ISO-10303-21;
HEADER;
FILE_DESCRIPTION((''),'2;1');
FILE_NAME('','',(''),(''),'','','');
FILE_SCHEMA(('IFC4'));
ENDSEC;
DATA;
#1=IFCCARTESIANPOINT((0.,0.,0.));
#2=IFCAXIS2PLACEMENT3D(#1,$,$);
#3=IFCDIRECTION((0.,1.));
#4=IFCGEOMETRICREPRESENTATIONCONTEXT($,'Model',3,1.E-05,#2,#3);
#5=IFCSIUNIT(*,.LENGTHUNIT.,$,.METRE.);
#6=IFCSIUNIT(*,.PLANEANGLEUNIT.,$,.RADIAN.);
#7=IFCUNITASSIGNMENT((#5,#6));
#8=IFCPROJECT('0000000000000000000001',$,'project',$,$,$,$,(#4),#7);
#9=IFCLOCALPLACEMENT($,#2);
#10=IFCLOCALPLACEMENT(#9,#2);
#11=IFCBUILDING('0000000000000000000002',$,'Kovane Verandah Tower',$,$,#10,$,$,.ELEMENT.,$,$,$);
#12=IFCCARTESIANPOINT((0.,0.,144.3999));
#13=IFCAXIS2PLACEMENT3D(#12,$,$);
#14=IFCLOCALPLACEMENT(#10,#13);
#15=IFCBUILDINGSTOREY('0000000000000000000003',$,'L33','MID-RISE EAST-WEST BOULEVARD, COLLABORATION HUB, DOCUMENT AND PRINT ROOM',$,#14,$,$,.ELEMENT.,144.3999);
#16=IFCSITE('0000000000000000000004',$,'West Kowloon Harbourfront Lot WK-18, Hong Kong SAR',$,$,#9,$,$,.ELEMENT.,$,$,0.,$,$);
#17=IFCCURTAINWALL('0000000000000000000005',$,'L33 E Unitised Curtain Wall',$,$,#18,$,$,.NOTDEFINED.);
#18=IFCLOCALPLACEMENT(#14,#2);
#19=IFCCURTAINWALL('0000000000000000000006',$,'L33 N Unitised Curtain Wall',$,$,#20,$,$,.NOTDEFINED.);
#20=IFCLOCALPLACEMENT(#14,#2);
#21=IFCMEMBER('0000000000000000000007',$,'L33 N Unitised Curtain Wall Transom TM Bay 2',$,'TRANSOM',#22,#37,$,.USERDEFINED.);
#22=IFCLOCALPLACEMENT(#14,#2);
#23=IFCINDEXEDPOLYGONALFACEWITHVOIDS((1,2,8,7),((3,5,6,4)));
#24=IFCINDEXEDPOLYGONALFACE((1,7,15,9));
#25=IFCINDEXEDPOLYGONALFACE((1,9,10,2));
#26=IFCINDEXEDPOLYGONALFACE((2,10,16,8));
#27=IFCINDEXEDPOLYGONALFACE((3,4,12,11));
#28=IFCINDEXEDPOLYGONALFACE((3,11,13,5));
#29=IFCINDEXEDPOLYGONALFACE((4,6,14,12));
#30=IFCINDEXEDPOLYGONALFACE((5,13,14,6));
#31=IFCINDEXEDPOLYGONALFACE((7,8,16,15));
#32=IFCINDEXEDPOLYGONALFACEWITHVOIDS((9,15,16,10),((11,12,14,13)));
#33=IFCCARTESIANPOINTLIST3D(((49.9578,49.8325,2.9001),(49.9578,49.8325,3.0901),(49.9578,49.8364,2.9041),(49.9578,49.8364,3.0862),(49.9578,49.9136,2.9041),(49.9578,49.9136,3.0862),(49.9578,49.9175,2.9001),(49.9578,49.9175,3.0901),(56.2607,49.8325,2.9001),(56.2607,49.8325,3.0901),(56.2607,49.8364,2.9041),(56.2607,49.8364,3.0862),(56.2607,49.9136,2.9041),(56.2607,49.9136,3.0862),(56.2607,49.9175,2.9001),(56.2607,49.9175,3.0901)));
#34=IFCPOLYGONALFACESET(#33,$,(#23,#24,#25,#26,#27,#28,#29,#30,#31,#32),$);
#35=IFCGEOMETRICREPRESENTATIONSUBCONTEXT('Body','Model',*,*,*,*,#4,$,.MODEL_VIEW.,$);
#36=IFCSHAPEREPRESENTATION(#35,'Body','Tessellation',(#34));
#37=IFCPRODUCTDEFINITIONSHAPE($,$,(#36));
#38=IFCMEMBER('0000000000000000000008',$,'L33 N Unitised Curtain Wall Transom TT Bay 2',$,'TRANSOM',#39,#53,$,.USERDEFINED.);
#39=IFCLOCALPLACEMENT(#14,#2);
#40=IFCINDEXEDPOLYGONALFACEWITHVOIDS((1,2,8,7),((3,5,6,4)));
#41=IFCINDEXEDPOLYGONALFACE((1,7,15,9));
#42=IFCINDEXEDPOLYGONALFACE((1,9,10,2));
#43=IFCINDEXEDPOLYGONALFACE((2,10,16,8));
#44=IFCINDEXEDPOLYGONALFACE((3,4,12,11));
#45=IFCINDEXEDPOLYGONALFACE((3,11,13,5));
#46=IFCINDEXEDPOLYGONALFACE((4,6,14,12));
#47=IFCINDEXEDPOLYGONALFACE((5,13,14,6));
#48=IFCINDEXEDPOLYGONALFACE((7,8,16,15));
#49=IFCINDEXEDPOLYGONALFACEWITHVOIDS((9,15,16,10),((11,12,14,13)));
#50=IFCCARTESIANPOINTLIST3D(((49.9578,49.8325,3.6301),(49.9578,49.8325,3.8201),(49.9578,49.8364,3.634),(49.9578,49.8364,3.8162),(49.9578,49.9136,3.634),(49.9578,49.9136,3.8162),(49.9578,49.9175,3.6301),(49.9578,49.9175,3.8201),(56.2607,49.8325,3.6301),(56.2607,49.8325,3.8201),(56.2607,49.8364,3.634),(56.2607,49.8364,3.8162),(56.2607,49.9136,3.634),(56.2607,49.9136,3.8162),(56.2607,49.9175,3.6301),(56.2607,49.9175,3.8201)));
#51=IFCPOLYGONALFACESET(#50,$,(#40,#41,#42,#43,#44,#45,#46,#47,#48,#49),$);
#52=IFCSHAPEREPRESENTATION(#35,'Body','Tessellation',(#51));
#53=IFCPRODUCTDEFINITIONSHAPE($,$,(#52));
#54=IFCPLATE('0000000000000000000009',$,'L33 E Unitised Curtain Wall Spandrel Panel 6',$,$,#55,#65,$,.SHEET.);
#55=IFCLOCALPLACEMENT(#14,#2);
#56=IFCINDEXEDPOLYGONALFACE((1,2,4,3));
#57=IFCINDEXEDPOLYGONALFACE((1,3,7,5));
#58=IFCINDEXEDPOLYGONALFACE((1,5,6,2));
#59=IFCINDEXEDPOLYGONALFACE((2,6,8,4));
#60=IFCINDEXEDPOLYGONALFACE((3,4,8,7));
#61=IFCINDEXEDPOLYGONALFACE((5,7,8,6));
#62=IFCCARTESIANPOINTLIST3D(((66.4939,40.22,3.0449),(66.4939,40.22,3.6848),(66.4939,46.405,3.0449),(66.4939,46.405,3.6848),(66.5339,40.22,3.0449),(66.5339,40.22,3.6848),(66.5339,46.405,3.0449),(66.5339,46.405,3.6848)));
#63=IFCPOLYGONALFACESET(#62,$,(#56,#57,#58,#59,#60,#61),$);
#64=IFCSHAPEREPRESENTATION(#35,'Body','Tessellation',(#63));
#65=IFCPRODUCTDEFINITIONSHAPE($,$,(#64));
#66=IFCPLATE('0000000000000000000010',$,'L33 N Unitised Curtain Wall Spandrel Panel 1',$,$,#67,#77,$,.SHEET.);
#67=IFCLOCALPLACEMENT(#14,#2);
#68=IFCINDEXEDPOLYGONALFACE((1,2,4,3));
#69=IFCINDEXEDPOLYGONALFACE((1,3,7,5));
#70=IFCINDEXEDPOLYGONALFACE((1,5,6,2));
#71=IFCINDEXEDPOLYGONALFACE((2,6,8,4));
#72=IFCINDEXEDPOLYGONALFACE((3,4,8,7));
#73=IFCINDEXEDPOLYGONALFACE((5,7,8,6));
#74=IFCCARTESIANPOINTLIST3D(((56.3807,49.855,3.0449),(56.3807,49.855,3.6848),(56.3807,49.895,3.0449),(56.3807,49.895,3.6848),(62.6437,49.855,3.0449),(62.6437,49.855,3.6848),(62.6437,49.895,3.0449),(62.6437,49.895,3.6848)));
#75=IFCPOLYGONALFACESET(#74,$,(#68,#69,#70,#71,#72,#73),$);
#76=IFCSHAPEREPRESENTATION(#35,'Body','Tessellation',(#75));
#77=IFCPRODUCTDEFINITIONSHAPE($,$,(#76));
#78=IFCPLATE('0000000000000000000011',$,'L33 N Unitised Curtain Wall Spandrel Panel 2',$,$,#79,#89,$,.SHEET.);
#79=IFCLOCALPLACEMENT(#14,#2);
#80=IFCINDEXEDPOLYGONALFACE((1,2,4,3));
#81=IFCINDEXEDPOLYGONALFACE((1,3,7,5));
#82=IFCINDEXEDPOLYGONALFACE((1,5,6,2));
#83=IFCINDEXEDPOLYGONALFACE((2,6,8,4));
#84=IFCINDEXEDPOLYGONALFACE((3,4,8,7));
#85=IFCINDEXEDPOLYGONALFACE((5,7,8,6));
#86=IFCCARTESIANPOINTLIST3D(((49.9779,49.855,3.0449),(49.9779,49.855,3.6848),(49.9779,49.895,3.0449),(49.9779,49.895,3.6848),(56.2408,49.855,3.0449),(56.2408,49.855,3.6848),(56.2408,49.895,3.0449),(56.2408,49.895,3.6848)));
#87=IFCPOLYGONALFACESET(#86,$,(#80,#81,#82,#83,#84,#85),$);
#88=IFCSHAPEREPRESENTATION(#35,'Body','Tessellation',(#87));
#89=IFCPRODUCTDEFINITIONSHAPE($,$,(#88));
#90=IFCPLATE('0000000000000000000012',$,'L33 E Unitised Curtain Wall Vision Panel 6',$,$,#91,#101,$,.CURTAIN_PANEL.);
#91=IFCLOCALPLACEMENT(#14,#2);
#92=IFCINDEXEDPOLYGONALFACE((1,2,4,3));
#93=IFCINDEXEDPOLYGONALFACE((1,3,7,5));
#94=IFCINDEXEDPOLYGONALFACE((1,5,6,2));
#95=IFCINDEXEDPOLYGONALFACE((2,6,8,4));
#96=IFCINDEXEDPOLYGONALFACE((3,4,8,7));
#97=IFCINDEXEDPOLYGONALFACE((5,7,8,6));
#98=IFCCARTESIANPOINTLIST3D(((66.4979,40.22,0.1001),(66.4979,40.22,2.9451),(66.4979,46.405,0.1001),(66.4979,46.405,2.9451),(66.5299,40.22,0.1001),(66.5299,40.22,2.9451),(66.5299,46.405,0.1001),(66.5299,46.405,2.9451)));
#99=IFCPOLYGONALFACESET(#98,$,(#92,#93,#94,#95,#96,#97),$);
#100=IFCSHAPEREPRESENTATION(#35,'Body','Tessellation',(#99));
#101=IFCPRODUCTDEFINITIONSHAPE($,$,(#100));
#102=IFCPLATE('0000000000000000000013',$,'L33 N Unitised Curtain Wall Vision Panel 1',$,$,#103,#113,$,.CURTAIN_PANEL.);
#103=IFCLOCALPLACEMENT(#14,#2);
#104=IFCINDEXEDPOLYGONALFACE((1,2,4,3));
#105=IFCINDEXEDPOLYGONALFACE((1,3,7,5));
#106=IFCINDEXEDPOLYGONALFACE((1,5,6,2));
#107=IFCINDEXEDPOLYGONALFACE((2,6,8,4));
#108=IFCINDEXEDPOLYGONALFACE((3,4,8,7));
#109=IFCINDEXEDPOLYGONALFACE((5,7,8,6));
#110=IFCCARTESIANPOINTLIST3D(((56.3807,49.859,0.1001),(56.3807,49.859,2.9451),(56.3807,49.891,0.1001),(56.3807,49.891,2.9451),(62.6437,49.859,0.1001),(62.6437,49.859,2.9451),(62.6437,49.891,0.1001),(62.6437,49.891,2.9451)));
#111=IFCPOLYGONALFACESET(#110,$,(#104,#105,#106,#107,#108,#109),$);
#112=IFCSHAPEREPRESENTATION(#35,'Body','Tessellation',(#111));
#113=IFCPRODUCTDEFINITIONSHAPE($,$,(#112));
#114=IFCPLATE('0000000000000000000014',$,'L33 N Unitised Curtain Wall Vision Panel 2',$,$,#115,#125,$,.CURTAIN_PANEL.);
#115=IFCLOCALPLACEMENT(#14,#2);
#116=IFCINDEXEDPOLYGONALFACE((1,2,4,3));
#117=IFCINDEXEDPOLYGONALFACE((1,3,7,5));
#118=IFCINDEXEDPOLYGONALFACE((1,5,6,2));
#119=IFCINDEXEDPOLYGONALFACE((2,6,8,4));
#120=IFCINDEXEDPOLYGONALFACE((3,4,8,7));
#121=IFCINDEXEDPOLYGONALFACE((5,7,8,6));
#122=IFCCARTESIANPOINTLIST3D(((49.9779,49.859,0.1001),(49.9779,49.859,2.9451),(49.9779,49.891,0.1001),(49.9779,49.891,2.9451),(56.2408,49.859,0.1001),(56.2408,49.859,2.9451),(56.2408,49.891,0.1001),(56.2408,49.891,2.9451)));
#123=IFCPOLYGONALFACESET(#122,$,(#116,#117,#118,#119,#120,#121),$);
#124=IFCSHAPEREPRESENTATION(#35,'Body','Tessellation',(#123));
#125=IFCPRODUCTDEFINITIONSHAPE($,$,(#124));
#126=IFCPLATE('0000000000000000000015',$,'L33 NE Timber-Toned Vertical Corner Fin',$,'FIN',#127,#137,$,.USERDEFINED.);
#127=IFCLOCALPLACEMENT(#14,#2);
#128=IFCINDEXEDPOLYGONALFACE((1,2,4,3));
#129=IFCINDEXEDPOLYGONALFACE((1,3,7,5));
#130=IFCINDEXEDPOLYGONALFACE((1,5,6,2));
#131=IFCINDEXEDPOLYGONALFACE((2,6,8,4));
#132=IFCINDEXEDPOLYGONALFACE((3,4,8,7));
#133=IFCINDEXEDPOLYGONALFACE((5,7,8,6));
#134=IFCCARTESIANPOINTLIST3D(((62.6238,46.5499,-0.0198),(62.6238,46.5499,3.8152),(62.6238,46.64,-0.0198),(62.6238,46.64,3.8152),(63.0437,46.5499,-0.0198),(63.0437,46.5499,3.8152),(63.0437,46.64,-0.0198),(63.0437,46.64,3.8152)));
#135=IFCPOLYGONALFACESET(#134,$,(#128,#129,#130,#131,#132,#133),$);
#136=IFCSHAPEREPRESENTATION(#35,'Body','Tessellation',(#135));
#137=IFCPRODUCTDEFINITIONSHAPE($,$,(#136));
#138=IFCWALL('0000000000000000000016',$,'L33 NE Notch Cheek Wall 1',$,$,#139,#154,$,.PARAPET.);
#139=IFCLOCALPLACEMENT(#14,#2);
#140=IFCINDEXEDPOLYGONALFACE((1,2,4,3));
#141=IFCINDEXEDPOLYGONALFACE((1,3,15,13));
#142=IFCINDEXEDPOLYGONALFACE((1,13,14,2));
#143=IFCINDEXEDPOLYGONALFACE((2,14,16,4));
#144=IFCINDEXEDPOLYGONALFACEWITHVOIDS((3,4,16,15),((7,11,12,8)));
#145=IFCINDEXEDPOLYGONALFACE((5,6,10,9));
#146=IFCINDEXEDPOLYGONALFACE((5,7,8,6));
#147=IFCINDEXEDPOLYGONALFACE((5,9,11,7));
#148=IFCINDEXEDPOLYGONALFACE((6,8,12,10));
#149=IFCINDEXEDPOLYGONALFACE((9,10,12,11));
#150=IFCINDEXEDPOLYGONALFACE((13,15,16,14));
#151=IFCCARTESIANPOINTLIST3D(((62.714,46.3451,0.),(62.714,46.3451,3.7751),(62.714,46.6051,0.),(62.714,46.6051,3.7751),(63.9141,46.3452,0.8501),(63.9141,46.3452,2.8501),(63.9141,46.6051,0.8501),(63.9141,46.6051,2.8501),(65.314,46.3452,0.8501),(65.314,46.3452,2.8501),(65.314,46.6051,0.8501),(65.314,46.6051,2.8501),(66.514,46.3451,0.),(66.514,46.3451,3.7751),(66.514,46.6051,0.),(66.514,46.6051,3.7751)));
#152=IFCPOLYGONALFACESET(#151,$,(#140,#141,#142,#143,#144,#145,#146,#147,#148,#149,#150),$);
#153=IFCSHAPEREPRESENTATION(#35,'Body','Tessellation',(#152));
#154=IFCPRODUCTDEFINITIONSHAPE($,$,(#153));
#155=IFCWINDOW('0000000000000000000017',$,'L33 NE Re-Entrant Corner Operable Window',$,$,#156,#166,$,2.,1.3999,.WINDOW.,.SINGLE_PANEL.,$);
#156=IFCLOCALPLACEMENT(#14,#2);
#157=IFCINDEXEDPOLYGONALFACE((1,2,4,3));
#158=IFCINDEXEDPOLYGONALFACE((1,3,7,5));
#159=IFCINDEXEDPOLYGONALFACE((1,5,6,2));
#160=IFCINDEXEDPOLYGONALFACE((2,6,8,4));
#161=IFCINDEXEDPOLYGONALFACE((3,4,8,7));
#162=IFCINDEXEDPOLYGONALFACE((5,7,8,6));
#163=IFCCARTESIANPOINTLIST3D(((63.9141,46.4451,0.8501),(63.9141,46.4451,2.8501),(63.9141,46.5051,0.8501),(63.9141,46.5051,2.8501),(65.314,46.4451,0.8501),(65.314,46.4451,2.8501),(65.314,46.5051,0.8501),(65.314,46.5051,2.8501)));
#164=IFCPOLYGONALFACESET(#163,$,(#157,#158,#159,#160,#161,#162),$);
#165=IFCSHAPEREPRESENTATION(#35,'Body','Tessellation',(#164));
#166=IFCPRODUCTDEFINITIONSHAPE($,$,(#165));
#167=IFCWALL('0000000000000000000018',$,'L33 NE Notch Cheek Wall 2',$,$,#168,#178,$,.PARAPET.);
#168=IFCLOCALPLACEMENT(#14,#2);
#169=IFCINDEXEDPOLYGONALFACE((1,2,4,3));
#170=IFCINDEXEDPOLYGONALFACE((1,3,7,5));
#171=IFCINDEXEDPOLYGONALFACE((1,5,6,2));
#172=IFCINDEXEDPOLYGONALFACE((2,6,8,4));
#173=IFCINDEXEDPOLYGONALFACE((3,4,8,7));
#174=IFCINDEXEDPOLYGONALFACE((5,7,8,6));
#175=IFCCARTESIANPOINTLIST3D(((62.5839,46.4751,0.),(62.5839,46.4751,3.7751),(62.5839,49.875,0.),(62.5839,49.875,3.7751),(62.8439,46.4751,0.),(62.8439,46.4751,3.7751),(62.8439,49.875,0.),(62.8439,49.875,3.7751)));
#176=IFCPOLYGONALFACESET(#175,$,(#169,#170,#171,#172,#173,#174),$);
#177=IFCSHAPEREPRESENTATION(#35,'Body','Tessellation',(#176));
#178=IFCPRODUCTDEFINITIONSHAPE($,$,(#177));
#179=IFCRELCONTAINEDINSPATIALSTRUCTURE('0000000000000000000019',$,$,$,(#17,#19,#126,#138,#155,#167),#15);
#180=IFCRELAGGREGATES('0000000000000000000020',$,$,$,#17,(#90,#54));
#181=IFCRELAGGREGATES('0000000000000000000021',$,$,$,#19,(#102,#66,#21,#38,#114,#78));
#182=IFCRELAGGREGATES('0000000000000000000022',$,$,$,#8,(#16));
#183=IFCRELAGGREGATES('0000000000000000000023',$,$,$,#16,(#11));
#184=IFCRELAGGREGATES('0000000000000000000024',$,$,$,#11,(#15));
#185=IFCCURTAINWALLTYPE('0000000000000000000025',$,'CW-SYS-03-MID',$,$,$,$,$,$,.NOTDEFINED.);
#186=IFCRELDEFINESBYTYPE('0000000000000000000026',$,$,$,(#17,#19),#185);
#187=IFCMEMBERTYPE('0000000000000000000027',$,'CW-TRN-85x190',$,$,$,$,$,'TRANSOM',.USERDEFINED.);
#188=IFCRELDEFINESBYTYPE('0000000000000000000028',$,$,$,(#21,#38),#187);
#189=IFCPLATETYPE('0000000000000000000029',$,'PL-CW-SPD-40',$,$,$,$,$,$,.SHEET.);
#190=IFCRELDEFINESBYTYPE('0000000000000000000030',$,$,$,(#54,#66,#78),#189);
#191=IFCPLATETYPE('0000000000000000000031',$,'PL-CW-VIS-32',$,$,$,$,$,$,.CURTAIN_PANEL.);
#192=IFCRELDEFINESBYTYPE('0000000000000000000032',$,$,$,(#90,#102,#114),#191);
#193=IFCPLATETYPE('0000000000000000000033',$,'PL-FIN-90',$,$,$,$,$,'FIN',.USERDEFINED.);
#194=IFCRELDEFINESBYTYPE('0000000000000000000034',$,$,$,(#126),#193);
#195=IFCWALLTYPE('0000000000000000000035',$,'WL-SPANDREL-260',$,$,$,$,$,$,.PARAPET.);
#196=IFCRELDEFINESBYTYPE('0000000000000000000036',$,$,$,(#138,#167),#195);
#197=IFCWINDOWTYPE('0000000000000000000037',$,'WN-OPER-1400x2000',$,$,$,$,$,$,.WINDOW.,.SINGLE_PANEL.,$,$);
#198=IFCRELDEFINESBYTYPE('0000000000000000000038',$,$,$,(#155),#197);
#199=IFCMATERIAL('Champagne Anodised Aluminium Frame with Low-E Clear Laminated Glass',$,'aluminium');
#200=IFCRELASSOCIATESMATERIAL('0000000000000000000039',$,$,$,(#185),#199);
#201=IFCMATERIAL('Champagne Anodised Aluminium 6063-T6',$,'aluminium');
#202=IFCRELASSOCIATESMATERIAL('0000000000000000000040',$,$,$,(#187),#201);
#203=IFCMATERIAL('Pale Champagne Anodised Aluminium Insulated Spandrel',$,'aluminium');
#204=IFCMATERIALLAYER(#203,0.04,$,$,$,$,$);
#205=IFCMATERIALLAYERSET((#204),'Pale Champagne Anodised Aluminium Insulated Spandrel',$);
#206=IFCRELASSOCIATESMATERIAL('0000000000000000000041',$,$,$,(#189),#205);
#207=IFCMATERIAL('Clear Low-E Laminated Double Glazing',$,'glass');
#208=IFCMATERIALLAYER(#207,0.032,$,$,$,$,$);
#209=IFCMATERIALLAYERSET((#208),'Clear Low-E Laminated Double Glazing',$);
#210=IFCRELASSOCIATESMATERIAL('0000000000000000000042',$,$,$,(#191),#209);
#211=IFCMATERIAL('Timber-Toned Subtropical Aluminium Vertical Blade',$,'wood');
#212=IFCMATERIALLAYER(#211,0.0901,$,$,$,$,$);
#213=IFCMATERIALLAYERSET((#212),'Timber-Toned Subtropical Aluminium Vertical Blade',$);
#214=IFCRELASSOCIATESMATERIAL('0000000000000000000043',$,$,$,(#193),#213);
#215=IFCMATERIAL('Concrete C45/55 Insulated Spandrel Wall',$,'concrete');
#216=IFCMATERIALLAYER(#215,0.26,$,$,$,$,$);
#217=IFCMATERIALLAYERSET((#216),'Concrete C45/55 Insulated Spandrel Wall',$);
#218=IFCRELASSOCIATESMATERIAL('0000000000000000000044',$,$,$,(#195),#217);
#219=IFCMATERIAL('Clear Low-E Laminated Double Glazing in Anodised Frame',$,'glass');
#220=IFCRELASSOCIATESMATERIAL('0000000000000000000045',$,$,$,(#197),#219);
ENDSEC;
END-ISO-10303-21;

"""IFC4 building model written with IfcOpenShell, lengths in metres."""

from ifc_helpers import new_model, si_unit, direction, frame, frame_2d, origin, origin_2d, place, context, subcontext, project, spatial, rectangle, hollow_rectangle, extrude, material, layer, layer_set, material_profile, profile_set, type_object, element, fill, aggregate, save


model = new_model("IFC4")

# Units and contexts
model_context = context("Model", 3, precision=1e-05, world=origin(), true_north=direction((0.0, 1.0)))
body_context = subcontext(model_context, "Body", "Model", "MODEL_VIEW")
ifc_project = project(units=[si_unit("LENGTHUNIT", "METRE"), si_unit("PLANEANGLEUNIT", "RADIAN")], contexts=[model_context])

# Site, building, storey
site_placement = place(None, origin())
site = spatial("IfcSite", under=ifc_project, at=site_placement, Name="West Kowloon Harbourfront Lot WK-18, Hong Kong SAR", CompositionType="ELEMENT", RefElevation=0.0)
building_placement = place(site_placement, origin())
building = spatial("IfcBuilding", under=site, at=building_placement, Name="Kovane Verandah Tower", CompositionType="ELEMENT")
storey_placement = place(building_placement, frame((0.0, 0.0, 144.3999)))
storey = spatial("IfcBuildingStorey", under=building, at=storey_placement, Name="L33", Description="MID-RISE EAST-WEST BOULEVARD, COLLABORATION HUB, DOCUMENT AND PRINT ROOM", CompositionType="ELEMENT", Elevation=144.3999)

# Curtain wall
ifc_material_1 = material(Name="Champagne Anodised Aluminium Frame with Low-E Clear Laminated Glass", Category="aluminium")
curtain_wall_type = type_object("IfcCurtainWallType", Name="CW-SYS-03-MID", PredefinedType="NOTDEFINED", material=ifc_material_1)
curtain_wall_1_placement = place(storey_placement, origin())
curtain_wall_1 = element("IfcCurtainWall", 1, at=curtain_wall_1_placement, inside=storey, type_object=curtain_wall_type, Name="L33 E Unitised Curtain Wall", PredefinedType="NOTDEFINED")
ifc_material_2 = material(Name="Champagne Anodised Aluminium 6063-T6", Category="aluminium")

# Curtain wall, members
curtain_wall_2_placement = place(storey_placement, origin())
curtain_wall_2 = element("IfcCurtainWall", 2, at=curtain_wall_2_placement, inside=storey, type_object=curtain_wall_type, Name="L33 N Unitised Curtain Wall", PredefinedType="NOTDEFINED")
ifc_material_profile_1 = material_profile(ifc_material_2, hollow_rectangle(XDim=0.085, YDim=0.1899, WallThickness=0.0039, at=origin_2d()), Name="AL85x190x4")
ifc_profile_set_1 = profile_set([ifc_material_profile_1], Name="Champagne Anodised Aluminium 6063-T6")
member_type_1 = type_object("IfcMemberType", Name="CW-TRN-85x190", ElementType="TRANSOM", PredefinedType="USERDEFINED", material=ifc_profile_set_1)
member_1_placement = place(storey_placement, frame((56.2607, 49.875, 2.9951), z_axis=(-1.0, 0.0, 0.0), x_axis=(0.0, -1.0, 0.0)))
member_1 = element("IfcMember", 3, at=member_1_placement, type_object=member_type_1, Name="L33 N Unitised Curtain Wall Transom TM Bay 2", ObjectType="TRANSOM", PredefinedType="USERDEFINED", context=body_context, shape_type="SweptSolid", body=[
    extrude(hollow_rectangle(XDim=0.085, YDim=0.1899, WallThickness=0.0039, at=origin_2d()), origin(), (0.0, 0.0, 1.0), 6.303),
])
member_2_placement = place(storey_placement, frame((56.2607, 49.875, 3.7251), z_axis=(-1.0, 0.0, 0.0), x_axis=(0.0, -1.0, 0.0)))
member_2 = element("IfcMember", 4, at=member_2_placement, type_object=member_type_1, Name="L33 N Unitised Curtain Wall Transom TT Bay 2", ObjectType="TRANSOM", PredefinedType="USERDEFINED", context=body_context, shape_type="SweptSolid", body=[
    extrude(hollow_rectangle(XDim=0.085, YDim=0.1899, WallThickness=0.0039, at=origin_2d()), origin(), (0.0, 0.0, 1.0), 6.303),
])

# Plates
ifc_material_3 = material(Name="Pale Champagne Anodised Aluminium Insulated Spandrel", Category="aluminium")
ifc_layer_1 = layer(ifc_material_3, 0.04)
ifc_layer_set_1 = layer_set([ifc_layer_1], Name="Pale Champagne Anodised Aluminium Insulated Spandrel")
plate_type_1 = type_object("IfcPlateType", Name="PL-CW-SPD-40", PredefinedType="SHEET", material=ifc_layer_set_1)
plate_1_placement = place(storey_placement, frame((66.5139, 43.3125, 3.0449), z_axis=(0.0, 0.0, 1.0), x_axis=(0.0, 1.0, 0.0)))
plate_1 = element("IfcPlate", 5, at=plate_1_placement, type_object=plate_type_1, Name="L33 E Unitised Curtain Wall Spandrel Panel 6", PredefinedType="SHEET", context=body_context, shape_type="SweptSolid", body=[
    extrude(rectangle(XDim=6.1851, YDim=0.04, at=origin_2d()), origin(), (0.0, 0.0, 1.0), 0.6399),
])
plate_2_placement = place(storey_placement, frame((59.5122, 49.875, 3.0449), z_axis=(0.0, 0.0, 1.0), x_axis=(-1.0, 0.0, 0.0)))
plate_2 = element("IfcPlate", 6, at=plate_2_placement, type_object=plate_type_1, Name="L33 N Unitised Curtain Wall Spandrel Panel 1", PredefinedType="SHEET", context=body_context, shape_type="SweptSolid", body=[
    extrude(rectangle(XDim=6.2629, YDim=0.04, at=origin_2d()), origin(), (0.0, 0.0, 1.0), 0.6399),
])
plate_3_placement = place(storey_placement, frame((53.1094, 49.875, 3.0449), z_axis=(0.0, 0.0, 1.0), x_axis=(-1.0, 0.0, 0.0)))
plate_3 = element("IfcPlate", 7, at=plate_3_placement, type_object=plate_type_1, Name="L33 N Unitised Curtain Wall Spandrel Panel 2", PredefinedType="SHEET", context=body_context, shape_type="SweptSolid", body=[
    extrude(rectangle(XDim=6.2629, YDim=0.04, at=origin_2d()), origin(), (0.0, 0.0, 1.0), 0.6399),
])
ifc_material_4 = material(Name="Clear Low-E Laminated Double Glazing", Category="glass")
ifc_layer_2 = layer(ifc_material_4, 0.032)
ifc_layer_set_2 = layer_set([ifc_layer_2], Name="Clear Low-E Laminated Double Glazing")
plate_type_2 = type_object("IfcPlateType", Name="PL-CW-VIS-32", PredefinedType="CURTAIN_PANEL", material=ifc_layer_set_2)
plate_4_placement = place(storey_placement, frame((66.5139, 43.3125, 0.1001), z_axis=(0.0, 0.0, 1.0), x_axis=(0.0, 1.0, 0.0)))
plate_4 = element("IfcPlate", 8, at=plate_4_placement, type_object=plate_type_2, Name="L33 E Unitised Curtain Wall Vision Panel 6", PredefinedType="CURTAIN_PANEL", context=body_context, shape_type="SweptSolid", body=[
    extrude(rectangle(XDim=6.1851, YDim=0.032, at=origin_2d()), origin(), (0.0, 0.0, 1.0), 2.845),
])
aggregate(curtain_wall_1, [plate_4, plate_1])
plate_5_placement = place(storey_placement, frame((59.5122, 49.875, 0.1001), z_axis=(0.0, 0.0, 1.0), x_axis=(-1.0, 0.0, 0.0)))
plate_5 = element("IfcPlate", 9, at=plate_5_placement, type_object=plate_type_2, Name="L33 N Unitised Curtain Wall Vision Panel 1", PredefinedType="CURTAIN_PANEL", context=body_context, shape_type="SweptSolid", body=[
    extrude(rectangle(XDim=6.2629, YDim=0.032, at=origin_2d()), origin(), (0.0, 0.0, 1.0), 2.845),
])
plate_6_placement = place(storey_placement, frame((53.1094, 49.875, 0.1001), z_axis=(0.0, 0.0, 1.0), x_axis=(-1.0, 0.0, 0.0)))
plate_6 = element("IfcPlate", 10, at=plate_6_placement, type_object=plate_type_2, Name="L33 N Unitised Curtain Wall Vision Panel 2", PredefinedType="CURTAIN_PANEL", context=body_context, shape_type="SweptSolid", body=[
    extrude(rectangle(XDim=6.2629, YDim=0.032, at=origin_2d()), origin(), (0.0, 0.0, 1.0), 2.845),
])
aggregate(curtain_wall_2, [plate_5, plate_2, member_1, member_2, plate_6, plate_3])
ifc_material_5 = material(Name="Timber-Toned Subtropical Aluminium Vertical Blade", Category="wood")
ifc_layer_3 = layer(ifc_material_5, 0.0901)
ifc_layer_set_3 = layer_set([ifc_layer_3], Name="Timber-Toned Subtropical Aluminium Vertical Blade")
plate_type_3 = type_object("IfcPlateType", Name="PL-FIN-90", ElementType="FIN", PredefinedType="USERDEFINED", material=ifc_layer_set_3)
plate_7_placement = place(storey_placement, frame((62.8337, 46.595, -0.0198), z_axis=(0.0, 0.0, 1.0), x_axis=(1.0, 0.0, 0.0)))
element("IfcPlate", 11, at=plate_7_placement, inside=storey, type_object=plate_type_3, Name="L33 NE Timber-Toned Vertical Corner Fin", ObjectType="FIN", PredefinedType="USERDEFINED", context=body_context, shape_type="SweptSolid", body=[
    extrude(rectangle(XDim=0.4199, YDim=0.0901, at=origin_2d()), origin(), (0.0, 0.0, 1.0), 3.835),
])

# Wall, opening, window
ifc_material_6 = material(Name="Concrete C45/55 Insulated Spandrel Wall", Category="concrete")
ifc_layer_4 = layer(ifc_material_6, 0.26)
ifc_layer_set_4 = layer_set([ifc_layer_4], Name="Concrete C45/55 Insulated Spandrel Wall")
wall_type = type_object("IfcWallType", Name="WL-SPANDREL-260", PredefinedType="PARAPET", material=ifc_layer_set_4)
wall_1_placement = place(storey_placement, frame((66.5139, 46.4751, 0.0), z_axis=(0.0, 0.0, 1.0), x_axis=(-1.0, 0.0, 0.0)))
wall_1 = element("IfcWall", 12, at=wall_1_placement, inside=storey, type_object=wall_type, Name="L33 NE Notch Cheek Wall 1", PredefinedType="PARAPET", context=body_context, shape_type="SweptSolid", body=[
    extrude(rectangle(XDim=3.8, YDim=0.26, at=frame_2d((1.8999, 0.0))), origin(), (0.0, 0.0, 1.0), 3.7751),
])
opening_placement = place(wall_1_placement, frame((1.2, 0.0, 0.8501)))
opening = element("IfcOpeningElement", 13, at=opening_placement, cuts=wall_1, PredefinedType="OPENING", context=body_context, shape_type="SweptSolid", body=[
    extrude(rectangle(XDim=1.3999, YDim=2.0, at=frame_2d((0.7, 1.0))), frame((0.0, 0.1299, 0.0), z_axis=(0.0, -1.0, 0.0), x_axis=(1.0, 0.0, 0.0)), (0.0, 0.0, 1.0), 0.26),
])
ifc_material_7 = material(Name="Clear Low-E Laminated Double Glazing in Anodised Frame", Category="glass")
window_type = type_object("IfcWindowType", Name="WN-OPER-1400x2000", PartitioningType="SINGLE_PANEL", PredefinedType="WINDOW", material=ifc_material_7)
window_placement = place(opening_placement, origin())
window = element("IfcWindow", 14, at=window_placement, inside=storey, type_object=window_type, Name="L33 NE Re-Entrant Corner Operable Window", OverallHeight=2.0, OverallWidth=1.3999, PartitioningType="SINGLE_PANEL", PredefinedType="WINDOW", context=body_context, shape_type="SweptSolid", body=[
    extrude(rectangle(XDim=1.3999, YDim=2.0, at=frame_2d((0.7, 1.0))), frame((0.0, 0.03, 0.0), z_axis=(0.0, -1.0, 0.0), x_axis=(1.0, 0.0, 0.0)), (0.0, 0.0, 1.0), 0.0601),
])
fill(opening, window)

# Wall
wall_2_placement = place(storey_placement, frame((62.7139, 46.4751, 0.0), z_axis=(0.0, 0.0, 1.0), x_axis=(0.0, 1.0, 0.0)))
element("IfcWall", 15, at=wall_2_placement, inside=storey, type_object=wall_type, Name="L33 NE Notch Cheek Wall 2", PredefinedType="PARAPET", context=body_context, shape_type="SweptSolid", body=[
    extrude(rectangle(XDim=3.3999, YDim=0.26, at=frame_2d((1.7, 0.0))), origin(), (0.0, 0.0, 1.0), 3.7751),
])

save(model, "model.ifc")
